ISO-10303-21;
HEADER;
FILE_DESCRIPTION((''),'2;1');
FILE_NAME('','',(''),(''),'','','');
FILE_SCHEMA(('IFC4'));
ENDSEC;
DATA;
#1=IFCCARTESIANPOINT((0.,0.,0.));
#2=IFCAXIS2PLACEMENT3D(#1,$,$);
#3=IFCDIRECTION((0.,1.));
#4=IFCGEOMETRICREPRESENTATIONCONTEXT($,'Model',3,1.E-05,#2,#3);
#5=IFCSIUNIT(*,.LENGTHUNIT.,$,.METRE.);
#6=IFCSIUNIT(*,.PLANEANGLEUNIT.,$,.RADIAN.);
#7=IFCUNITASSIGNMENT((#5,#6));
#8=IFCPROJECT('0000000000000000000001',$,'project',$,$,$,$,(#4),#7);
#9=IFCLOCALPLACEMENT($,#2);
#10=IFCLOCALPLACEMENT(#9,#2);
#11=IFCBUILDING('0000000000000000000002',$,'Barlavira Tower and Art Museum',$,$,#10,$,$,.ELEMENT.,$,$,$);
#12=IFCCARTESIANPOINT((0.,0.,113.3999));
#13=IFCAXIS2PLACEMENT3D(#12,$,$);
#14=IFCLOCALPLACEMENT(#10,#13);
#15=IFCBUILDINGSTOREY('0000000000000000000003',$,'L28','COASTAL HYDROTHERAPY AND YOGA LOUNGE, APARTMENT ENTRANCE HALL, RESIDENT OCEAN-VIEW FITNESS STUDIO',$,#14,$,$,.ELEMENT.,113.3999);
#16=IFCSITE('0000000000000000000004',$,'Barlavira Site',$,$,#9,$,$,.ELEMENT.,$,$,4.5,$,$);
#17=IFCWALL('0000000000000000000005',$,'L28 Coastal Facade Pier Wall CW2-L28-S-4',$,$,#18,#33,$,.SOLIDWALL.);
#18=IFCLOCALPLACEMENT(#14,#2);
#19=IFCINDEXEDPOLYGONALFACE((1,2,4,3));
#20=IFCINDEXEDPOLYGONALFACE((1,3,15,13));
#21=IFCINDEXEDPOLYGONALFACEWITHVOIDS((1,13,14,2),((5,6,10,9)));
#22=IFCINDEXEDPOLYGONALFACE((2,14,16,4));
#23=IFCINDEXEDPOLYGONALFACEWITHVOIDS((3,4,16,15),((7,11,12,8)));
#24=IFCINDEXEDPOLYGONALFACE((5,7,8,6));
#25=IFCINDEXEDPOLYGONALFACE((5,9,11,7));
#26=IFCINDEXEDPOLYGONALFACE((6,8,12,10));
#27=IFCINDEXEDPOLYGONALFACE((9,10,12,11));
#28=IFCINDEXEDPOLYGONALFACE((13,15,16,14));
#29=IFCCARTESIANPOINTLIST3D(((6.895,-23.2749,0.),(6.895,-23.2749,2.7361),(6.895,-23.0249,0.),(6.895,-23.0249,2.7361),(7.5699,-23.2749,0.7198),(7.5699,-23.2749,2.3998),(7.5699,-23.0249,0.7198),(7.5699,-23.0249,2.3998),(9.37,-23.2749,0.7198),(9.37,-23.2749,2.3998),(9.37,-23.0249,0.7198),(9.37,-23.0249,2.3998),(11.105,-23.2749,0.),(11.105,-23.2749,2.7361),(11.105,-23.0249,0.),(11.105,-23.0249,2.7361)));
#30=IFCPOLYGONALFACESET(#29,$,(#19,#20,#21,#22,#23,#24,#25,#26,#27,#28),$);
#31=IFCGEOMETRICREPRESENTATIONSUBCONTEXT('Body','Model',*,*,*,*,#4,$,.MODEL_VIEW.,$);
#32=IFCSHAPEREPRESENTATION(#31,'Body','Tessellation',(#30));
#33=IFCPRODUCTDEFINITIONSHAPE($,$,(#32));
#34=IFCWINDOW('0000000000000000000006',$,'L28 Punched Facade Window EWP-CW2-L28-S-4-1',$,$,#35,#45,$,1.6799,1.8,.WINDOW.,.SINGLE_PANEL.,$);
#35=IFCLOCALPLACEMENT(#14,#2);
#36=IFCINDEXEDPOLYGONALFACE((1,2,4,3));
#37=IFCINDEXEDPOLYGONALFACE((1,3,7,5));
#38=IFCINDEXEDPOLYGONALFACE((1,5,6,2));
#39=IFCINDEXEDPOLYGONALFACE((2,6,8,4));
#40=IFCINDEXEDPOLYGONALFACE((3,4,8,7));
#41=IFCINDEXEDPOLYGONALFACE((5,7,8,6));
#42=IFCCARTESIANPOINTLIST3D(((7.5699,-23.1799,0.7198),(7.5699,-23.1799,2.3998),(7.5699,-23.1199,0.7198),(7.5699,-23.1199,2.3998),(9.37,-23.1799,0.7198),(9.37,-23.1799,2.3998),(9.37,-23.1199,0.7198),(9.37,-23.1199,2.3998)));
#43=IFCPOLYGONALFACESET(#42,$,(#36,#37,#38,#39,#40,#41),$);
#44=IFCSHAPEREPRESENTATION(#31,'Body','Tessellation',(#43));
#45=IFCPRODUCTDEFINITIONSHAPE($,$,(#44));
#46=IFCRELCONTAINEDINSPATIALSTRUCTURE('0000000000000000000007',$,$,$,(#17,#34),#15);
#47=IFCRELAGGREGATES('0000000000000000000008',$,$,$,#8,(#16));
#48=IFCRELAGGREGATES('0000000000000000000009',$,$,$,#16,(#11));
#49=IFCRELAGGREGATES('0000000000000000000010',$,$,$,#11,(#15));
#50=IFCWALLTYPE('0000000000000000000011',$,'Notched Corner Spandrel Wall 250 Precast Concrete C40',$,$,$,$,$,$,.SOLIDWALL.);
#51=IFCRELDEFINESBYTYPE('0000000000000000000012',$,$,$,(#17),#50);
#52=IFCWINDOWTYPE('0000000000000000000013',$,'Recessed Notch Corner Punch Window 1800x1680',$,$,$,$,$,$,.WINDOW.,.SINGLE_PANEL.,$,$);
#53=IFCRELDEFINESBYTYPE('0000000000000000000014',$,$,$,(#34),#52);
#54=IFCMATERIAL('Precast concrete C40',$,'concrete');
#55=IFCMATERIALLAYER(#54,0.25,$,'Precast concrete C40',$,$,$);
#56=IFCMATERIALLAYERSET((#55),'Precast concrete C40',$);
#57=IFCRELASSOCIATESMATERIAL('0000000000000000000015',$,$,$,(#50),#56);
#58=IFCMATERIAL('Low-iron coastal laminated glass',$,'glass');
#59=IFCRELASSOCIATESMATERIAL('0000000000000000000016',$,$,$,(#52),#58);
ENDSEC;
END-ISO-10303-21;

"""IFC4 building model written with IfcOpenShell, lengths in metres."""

from ifc_helpers import new_model, si_unit, direction, frame, frame_2d, origin, place, context, subcontext, project, spatial, rectangle, extrude, material, layer, layer_set, type_object, element, fill, save


model = new_model("IFC4")

# Units and contexts
model_context = context("Model", 3, precision=1e-05, world=origin(), true_north=direction((0.0, 1.0)))
body_context = subcontext(model_context, "Body", "Model", "MODEL_VIEW")
ifc_project = project(units=[si_unit("LENGTHUNIT", "METRE"), si_unit("PLANEANGLEUNIT", "RADIAN")], contexts=[model_context])

# Site, building, storey
site_placement = place(None, origin())
site = spatial("IfcSite", under=ifc_project, at=site_placement, Name="Barlavira Site", CompositionType="ELEMENT", RefElevation=4.5)
building_placement = place(site_placement, origin())
building = spatial("IfcBuilding", under=site, at=building_placement, Name="Barlavira Tower and Art Museum", CompositionType="ELEMENT")
storey_placement = place(building_placement, frame((0.0, 0.0, 113.3999)))
storey = spatial("IfcBuildingStorey", under=building, at=storey_placement, Name="L28", Description="COASTAL HYDROTHERAPY AND YOGA LOUNGE, APARTMENT ENTRANCE HALL, RESIDENT OCEAN-VIEW FITNESS STUDIO", CompositionType="ELEMENT", Elevation=113.3999)

# Shared definitions
ifc_material_1 = material(Name="Low-iron coastal laminated glass", Category="glass")

# Wall, opening, window
ifc_material_2 = material(Name="Precast concrete C40", Category="concrete")
ifc_layer_1 = layer(ifc_material_2, 0.25, Name="Precast concrete C40")
ifc_layer_set_1 = layer_set([ifc_layer_1], Name="Precast concrete C40")
wall_type = type_object("IfcWallType", Name="Notched Corner Spandrel Wall 250 Precast Concrete C40", PredefinedType="SOLIDWALL", material=ifc_layer_set_1)
wall_placement = place(storey_placement, frame((6.895, -23.1499, 0.0), z_axis=(0.0, 0.0, 1.0), x_axis=(1.0, 0.0, 0.0)))
wall = element("IfcWall", 1, at=wall_placement, inside=storey, type_object=wall_type, Name="L28 Coastal Facade Pier Wall CW2-L28-S-4", PredefinedType="SOLIDWALL", context=body_context, shape_type="SweptSolid", body=[
    extrude(rectangle(XDim=4.21, YDim=0.25, at=frame_2d((2.105, 0.0))), origin(), (0.0, 0.0, 1.0), 2.7361),
])
opening_placement = place(wall_placement, frame((0.675, 0.0, 0.72)))
opening = element("IfcOpeningElement", 2, at=opening_placement, cuts=wall, PredefinedType="OPENING", context=body_context, shape_type="SweptSolid", body=[
    extrude(rectangle(XDim=1.8, YDim=1.6799, at=frame_2d((0.8999, 0.8398))), frame((0.0, 0.135, 0.0), z_axis=(0.0, -1.0, 0.0), x_axis=(1.0, 0.0, 0.0)), (0.0, 0.0, 1.0), 0.27),
])
window_type = type_object("IfcWindowType", Name="Recessed Notch Corner Punch Window 1800x1680", PartitioningType="SINGLE_PANEL", PredefinedType="WINDOW", material=ifc_material_1)
window_placement = place(opening_placement, origin())
window = element("IfcWindow", 3, at=window_placement, inside=storey, type_object=window_type, Name="L28 Punched Facade Window EWP-CW2-L28-S-4-1", OverallHeight=1.6799, OverallWidth=1.8, PartitioningType="SINGLE_PANEL", PredefinedType="WINDOW", context=body_context, shape_type="SweptSolid", body=[
    extrude(rectangle(XDim=1.8, YDim=1.6799, at=frame_2d((0.8999, 0.8398))), frame((0.0, 0.03, 0.0), z_axis=(0.0, -1.0, 0.0), x_axis=(1.0, 0.0, 0.0)), (0.0, 0.0, 1.0), 0.0601),
])
fill(opening, window)

save(model, "model.ifc")
